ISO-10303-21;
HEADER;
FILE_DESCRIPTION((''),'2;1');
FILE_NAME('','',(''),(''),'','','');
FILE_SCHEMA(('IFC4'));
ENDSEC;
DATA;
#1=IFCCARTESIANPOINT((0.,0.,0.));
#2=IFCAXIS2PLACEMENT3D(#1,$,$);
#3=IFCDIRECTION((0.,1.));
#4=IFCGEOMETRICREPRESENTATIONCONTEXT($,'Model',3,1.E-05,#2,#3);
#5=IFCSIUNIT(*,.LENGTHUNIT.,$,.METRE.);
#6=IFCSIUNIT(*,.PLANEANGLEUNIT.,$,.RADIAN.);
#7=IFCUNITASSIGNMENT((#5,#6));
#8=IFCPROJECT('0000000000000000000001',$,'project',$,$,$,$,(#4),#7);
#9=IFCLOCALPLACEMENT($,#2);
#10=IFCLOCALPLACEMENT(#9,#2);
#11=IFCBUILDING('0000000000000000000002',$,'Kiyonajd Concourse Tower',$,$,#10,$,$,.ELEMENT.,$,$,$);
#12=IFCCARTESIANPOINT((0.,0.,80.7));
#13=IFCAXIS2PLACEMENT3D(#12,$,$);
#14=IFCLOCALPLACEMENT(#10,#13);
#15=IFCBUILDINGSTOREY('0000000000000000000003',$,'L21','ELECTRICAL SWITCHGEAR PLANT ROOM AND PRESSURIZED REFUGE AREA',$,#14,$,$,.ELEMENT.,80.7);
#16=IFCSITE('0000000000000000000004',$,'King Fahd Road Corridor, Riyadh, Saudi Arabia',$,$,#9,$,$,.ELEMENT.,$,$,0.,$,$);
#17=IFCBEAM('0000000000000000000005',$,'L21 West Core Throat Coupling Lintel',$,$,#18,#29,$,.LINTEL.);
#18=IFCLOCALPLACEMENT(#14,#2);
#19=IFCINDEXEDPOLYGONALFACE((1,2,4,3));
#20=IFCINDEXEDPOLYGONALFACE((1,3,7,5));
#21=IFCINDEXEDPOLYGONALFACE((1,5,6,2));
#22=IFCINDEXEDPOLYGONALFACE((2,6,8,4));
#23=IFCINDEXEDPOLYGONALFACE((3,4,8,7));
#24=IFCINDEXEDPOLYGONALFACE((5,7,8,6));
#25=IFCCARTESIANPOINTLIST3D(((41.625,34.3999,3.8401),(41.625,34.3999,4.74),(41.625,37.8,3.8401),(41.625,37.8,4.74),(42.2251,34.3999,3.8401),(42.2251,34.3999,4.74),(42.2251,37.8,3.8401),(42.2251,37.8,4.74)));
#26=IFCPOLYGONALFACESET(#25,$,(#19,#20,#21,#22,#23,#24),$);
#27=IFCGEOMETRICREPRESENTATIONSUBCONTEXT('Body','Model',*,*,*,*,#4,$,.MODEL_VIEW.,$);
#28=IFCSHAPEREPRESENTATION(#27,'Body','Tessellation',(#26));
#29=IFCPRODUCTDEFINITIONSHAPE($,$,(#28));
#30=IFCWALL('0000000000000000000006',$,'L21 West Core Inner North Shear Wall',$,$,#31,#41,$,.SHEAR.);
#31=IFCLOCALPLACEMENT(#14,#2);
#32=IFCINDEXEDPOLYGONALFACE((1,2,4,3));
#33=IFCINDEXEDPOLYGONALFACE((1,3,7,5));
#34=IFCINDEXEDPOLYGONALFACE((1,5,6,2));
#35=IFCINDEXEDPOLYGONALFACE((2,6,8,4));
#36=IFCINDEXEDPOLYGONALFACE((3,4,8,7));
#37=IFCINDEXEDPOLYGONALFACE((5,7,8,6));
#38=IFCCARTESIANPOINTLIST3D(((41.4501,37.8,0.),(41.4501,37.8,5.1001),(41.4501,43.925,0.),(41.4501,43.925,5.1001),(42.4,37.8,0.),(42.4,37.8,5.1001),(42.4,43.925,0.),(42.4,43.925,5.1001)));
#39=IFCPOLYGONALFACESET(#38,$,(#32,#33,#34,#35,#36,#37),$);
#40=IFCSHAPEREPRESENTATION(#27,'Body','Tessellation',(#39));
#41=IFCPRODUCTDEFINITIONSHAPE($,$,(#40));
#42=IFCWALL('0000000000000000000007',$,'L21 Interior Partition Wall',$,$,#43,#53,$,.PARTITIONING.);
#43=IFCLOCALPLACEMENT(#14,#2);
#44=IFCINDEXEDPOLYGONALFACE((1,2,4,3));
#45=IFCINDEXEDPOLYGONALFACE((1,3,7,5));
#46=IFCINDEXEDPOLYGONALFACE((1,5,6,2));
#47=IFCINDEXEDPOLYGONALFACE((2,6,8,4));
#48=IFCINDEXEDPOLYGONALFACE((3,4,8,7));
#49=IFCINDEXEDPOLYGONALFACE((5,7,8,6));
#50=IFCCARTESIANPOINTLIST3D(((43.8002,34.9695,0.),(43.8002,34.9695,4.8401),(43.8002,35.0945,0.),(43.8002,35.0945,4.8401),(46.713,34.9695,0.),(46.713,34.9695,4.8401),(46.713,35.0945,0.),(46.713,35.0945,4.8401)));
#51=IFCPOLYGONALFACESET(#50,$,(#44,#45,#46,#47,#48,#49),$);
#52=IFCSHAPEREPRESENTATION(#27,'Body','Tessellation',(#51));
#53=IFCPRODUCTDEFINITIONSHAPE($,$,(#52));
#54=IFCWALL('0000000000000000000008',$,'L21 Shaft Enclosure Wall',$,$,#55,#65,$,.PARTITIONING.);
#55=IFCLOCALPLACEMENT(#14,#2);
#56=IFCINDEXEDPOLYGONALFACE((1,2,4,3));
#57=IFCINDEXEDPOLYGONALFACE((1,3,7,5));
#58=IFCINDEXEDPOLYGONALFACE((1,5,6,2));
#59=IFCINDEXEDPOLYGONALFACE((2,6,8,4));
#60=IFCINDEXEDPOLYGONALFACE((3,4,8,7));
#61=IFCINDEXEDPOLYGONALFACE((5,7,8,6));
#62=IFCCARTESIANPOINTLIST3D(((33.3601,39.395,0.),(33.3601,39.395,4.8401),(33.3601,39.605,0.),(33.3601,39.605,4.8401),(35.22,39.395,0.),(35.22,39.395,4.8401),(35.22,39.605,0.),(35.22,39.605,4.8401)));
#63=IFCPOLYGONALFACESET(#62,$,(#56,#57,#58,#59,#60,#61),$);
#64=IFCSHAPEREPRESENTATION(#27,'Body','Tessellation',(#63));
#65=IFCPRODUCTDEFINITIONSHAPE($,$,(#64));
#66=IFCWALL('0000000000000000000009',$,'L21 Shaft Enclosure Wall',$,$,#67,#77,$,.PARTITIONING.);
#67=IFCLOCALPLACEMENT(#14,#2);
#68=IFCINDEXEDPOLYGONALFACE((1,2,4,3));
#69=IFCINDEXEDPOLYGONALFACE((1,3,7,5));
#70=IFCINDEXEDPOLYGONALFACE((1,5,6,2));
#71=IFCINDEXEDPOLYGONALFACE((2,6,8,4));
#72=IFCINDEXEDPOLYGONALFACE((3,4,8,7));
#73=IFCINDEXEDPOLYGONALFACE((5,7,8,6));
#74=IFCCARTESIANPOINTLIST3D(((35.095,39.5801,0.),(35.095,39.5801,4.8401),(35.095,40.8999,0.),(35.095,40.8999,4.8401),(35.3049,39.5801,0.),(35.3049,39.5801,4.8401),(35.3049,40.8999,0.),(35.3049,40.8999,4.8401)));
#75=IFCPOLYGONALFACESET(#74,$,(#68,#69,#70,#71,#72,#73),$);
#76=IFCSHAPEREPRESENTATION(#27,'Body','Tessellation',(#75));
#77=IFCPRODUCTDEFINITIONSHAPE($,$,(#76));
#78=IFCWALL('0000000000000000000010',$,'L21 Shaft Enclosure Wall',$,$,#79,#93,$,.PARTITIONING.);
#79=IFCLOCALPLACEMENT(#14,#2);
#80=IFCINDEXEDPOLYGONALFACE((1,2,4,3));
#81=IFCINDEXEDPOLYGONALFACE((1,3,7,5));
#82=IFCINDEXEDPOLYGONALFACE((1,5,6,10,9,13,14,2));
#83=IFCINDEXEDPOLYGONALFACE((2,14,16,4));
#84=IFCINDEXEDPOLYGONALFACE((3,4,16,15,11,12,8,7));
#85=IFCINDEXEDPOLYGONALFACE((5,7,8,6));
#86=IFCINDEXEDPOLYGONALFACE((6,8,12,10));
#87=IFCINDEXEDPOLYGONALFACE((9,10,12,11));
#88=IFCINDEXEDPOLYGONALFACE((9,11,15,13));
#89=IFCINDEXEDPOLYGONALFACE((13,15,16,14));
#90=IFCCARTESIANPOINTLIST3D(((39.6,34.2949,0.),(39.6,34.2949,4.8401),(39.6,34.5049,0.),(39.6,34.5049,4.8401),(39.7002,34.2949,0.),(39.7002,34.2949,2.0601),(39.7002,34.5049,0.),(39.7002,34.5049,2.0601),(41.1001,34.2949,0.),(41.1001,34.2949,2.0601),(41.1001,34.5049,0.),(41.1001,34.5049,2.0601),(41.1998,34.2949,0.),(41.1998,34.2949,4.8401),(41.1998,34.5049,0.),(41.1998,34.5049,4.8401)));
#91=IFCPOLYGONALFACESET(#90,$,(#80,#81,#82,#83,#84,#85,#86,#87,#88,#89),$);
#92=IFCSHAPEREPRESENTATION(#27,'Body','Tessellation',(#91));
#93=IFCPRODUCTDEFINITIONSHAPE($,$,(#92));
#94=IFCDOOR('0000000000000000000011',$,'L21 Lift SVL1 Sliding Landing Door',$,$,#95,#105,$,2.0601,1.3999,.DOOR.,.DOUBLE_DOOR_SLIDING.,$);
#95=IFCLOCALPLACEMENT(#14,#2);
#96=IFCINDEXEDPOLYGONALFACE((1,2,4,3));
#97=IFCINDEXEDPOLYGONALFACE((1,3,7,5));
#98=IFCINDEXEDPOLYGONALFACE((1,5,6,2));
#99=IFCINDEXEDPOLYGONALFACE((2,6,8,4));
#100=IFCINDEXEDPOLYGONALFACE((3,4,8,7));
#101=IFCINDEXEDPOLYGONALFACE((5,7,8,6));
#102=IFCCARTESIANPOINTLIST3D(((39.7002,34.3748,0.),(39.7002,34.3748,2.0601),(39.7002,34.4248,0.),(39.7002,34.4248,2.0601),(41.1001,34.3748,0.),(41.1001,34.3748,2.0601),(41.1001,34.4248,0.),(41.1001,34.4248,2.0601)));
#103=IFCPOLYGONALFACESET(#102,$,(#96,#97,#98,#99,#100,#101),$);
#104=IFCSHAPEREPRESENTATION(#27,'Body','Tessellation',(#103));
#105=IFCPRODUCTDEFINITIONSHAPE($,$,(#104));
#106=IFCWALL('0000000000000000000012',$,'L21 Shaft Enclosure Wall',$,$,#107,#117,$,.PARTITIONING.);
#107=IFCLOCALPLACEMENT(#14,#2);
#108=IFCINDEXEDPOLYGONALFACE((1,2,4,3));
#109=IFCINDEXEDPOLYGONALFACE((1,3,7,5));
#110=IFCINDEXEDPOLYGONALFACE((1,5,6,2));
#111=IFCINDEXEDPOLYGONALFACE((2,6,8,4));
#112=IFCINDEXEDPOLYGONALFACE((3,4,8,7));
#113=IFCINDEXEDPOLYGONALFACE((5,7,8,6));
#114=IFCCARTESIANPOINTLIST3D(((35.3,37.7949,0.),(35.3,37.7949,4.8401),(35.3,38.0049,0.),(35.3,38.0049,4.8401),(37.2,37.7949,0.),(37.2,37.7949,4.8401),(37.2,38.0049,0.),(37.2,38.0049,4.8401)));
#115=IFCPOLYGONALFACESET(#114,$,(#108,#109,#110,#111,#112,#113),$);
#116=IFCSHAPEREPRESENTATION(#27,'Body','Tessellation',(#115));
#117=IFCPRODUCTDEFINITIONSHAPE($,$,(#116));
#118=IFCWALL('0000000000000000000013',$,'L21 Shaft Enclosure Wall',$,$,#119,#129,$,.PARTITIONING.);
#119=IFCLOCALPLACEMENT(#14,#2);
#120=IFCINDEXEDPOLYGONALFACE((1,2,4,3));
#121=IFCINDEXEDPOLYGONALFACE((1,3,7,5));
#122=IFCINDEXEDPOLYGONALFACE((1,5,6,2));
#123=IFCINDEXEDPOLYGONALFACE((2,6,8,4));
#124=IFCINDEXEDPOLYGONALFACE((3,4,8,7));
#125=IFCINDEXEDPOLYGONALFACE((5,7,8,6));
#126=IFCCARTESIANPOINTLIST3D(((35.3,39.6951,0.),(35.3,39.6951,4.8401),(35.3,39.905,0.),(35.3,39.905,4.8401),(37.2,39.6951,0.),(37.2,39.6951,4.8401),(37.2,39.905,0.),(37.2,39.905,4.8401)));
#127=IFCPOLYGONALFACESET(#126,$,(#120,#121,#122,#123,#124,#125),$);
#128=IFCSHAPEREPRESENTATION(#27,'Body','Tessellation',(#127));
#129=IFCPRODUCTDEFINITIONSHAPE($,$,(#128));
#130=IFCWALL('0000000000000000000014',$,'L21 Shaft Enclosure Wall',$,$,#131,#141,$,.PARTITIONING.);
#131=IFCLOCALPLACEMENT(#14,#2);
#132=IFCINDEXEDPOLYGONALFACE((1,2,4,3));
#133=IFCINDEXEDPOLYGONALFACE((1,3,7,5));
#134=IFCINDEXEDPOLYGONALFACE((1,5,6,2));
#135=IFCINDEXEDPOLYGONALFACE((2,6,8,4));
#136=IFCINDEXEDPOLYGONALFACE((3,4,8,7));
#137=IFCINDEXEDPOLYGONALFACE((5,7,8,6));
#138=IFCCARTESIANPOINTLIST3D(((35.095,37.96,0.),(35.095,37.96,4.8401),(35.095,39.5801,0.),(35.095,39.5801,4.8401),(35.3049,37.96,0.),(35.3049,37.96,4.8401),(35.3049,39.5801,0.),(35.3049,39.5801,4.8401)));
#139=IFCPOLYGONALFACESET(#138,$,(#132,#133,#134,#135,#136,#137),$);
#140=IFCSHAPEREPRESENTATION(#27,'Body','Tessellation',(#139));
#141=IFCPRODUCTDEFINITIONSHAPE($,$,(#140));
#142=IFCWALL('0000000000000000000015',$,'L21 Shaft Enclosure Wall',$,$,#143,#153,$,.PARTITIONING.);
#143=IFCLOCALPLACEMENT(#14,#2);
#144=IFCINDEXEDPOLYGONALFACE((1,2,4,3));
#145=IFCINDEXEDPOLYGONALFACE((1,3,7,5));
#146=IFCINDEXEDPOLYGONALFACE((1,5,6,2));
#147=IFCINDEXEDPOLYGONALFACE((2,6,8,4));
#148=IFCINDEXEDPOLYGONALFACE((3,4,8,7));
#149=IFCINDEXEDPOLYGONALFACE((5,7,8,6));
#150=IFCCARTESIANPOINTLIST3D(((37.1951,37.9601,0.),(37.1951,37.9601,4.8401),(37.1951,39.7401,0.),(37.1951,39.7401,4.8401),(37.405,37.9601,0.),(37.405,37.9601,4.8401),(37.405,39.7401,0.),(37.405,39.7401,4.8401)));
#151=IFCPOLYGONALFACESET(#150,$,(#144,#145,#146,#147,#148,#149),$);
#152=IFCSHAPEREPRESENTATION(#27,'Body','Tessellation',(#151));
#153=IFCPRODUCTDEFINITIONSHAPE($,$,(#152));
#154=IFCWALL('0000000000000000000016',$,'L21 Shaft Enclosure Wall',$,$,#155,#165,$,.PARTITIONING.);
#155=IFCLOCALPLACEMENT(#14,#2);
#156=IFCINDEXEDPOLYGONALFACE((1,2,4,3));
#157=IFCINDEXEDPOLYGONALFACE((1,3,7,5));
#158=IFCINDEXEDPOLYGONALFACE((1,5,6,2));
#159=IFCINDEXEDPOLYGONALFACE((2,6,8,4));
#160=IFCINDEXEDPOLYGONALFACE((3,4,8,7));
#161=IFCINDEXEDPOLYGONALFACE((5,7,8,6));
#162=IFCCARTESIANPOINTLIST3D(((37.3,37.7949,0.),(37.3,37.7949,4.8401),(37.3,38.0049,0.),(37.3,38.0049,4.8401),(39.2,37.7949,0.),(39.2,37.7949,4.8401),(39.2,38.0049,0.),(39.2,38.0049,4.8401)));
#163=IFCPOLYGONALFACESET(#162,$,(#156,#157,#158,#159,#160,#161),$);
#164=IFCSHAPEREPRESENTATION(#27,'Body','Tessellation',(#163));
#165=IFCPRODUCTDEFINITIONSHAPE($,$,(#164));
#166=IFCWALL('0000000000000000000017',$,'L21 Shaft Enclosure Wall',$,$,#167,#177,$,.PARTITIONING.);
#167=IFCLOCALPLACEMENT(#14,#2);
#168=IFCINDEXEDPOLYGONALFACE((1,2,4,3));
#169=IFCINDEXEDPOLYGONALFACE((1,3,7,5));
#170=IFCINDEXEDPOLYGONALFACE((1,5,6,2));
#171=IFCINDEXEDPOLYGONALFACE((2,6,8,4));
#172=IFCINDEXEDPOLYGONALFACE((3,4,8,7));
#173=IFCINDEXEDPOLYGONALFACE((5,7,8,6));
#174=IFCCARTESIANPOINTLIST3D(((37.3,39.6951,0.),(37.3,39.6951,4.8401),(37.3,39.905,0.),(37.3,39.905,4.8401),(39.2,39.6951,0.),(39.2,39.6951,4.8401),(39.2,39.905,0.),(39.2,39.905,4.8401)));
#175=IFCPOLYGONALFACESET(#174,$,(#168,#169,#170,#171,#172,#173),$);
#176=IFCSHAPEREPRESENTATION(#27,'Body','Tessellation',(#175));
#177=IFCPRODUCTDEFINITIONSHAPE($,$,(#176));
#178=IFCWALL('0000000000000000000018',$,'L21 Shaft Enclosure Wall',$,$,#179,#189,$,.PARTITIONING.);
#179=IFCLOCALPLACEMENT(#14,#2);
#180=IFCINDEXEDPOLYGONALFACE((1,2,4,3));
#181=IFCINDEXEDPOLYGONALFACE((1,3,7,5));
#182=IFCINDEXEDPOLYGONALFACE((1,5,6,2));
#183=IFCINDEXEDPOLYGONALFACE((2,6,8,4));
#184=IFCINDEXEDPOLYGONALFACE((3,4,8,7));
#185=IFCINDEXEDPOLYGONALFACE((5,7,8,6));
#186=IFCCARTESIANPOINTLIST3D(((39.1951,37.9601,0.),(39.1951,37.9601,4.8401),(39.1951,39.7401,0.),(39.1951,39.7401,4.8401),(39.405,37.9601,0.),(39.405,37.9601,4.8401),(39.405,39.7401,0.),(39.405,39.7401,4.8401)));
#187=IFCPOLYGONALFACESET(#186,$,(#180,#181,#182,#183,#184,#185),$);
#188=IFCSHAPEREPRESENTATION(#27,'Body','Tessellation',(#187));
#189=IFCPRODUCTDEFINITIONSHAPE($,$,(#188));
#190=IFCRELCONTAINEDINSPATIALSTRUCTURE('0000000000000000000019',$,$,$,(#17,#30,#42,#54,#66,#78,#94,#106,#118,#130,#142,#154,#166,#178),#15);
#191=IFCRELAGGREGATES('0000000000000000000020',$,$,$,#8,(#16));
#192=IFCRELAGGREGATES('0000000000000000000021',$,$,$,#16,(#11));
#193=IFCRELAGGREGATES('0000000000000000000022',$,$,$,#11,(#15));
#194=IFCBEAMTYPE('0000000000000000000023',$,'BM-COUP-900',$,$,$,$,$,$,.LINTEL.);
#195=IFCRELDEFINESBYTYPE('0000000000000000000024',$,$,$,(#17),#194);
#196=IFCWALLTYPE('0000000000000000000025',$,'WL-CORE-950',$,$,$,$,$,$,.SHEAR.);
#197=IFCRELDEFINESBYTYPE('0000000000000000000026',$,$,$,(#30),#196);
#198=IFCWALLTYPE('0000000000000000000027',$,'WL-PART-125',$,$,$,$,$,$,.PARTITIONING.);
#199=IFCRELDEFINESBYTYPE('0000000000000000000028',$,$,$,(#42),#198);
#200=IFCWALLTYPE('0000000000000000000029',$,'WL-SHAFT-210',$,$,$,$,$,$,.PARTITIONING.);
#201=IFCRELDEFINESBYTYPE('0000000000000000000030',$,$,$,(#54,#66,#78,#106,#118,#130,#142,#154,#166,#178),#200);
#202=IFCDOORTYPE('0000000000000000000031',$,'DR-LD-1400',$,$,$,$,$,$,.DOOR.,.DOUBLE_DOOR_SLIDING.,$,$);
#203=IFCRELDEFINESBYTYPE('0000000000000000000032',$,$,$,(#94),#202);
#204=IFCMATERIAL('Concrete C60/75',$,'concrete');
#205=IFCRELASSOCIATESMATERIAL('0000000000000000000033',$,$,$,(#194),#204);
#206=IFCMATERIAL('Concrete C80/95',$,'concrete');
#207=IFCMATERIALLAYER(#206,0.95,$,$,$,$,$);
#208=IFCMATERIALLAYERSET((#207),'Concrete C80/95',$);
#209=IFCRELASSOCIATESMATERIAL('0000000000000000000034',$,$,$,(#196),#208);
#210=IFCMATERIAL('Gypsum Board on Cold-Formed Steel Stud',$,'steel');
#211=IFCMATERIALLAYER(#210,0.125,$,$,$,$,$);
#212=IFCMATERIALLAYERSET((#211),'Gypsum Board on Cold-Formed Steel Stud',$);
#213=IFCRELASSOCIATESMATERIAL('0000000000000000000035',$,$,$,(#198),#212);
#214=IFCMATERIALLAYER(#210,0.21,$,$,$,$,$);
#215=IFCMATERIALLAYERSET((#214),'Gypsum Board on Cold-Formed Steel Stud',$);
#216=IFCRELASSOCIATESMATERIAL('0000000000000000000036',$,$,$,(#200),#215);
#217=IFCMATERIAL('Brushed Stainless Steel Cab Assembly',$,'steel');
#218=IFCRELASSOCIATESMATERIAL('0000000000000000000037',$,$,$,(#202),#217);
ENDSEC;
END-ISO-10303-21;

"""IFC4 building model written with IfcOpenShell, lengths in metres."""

from ifc_helpers import new_model, si_unit, direction, frame, frame_2d, origin, origin_2d, place, context, subcontext, project, spatial, rectangle, extrude, material, layer, layer_set, material_profile, profile_set, type_object, element, fill, save


model = new_model("IFC4")

# Units and contexts
model_context = context("Model", 3, precision=1e-05, world=origin(), true_north=direction((0.0, 1.0)))
body_context = subcontext(model_context, "Body", "Model", "MODEL_VIEW")
ifc_project = project(units=[si_unit("LENGTHUNIT", "METRE"), si_unit("PLANEANGLEUNIT", "RADIAN")], contexts=[model_context])

# Site, building, storey
site_placement = place(None, origin())
site = spatial("IfcSite", under=ifc_project, at=site_placement, Name="King Fahd Road Corridor, Riyadh, Saudi Arabia", CompositionType="ELEMENT", RefElevation=0.0)
building_placement = place(site_placement, origin())
building = spatial("IfcBuilding", under=site, at=building_placement, Name="Kiyonajd Concourse Tower", CompositionType="ELEMENT")
storey_placement = place(building_placement, frame((0.0, 0.0, 80.7)))
storey = spatial("IfcBuildingStorey", under=building, at=storey_placement, Name="L21", Description="ELECTRICAL SWITCHGEAR PLANT ROOM AND PRESSURIZED REFUGE AREA", CompositionType="ELEMENT", Elevation=80.7)

# Beam
ifc_material_1 = material(Name="Concrete C60/75", Category="concrete")
ifc_material_profile = material_profile(ifc_material_1, rectangle(XDim=0.6001, YDim=0.8999, at=origin_2d()), Name="RCBM-600x900")
ifc_profile_set = profile_set([ifc_material_profile], Name="Concrete C60/75")
beam_type = type_object("IfcBeamType", Name="BM-COUP-900", PredefinedType="LINTEL", material=ifc_profile_set)
beam_placement = place(storey_placement, frame((41.925, 34.3999, 4.29), z_axis=(0.0, 1.0, 0.0), x_axis=(-1.0, 0.0, 0.0)))
element("IfcBeam", 1, at=beam_placement, inside=storey, type_object=beam_type, Name="L21 West Core Throat Coupling Lintel", PredefinedType="LINTEL", context=body_context, shape_type="SweptSolid", body=[
    extrude(rectangle(XDim=0.6001, YDim=0.8999, at=origin_2d()), origin(), (0.0, 0.0, 1.0), 3.4001),
])

# Walls
ifc_material_2 = material(Name="Concrete C80/95", Category="concrete")
ifc_layer_1 = layer(ifc_material_2, 0.95)
ifc_layer_set_1 = layer_set([ifc_layer_1], Name="Concrete C80/95")
wall_type_1 = type_object("IfcWallType", Name="WL-CORE-950", PredefinedType="SHEAR", material=ifc_layer_set_1)
wall_1_placement = place(storey_placement, frame((41.925, 37.8, 0.0), z_axis=(0.0, 0.0, 1.0), x_axis=(0.0, 1.0, 0.0)))
element("IfcWall", 2, at=wall_1_placement, inside=storey, type_object=wall_type_1, Name="L21 West Core Inner North Shear Wall", PredefinedType="SHEAR", context=body_context, shape_type="SweptSolid", body=[
    extrude(rectangle(XDim=6.125, YDim=0.95, at=frame_2d((3.0625, 0.0))), origin(), (0.0, 0.0, 1.0), 5.1001),
])
ifc_material_3 = material(Name="Gypsum Board on Cold-Formed Steel Stud", Category="steel")
ifc_layer_2 = layer(ifc_material_3, 0.125)
ifc_layer_set_2 = layer_set([ifc_layer_2], Name="Gypsum Board on Cold-Formed Steel Stud")
wall_type_2 = type_object("IfcWallType", Name="WL-PART-125", PredefinedType="PARTITIONING", material=ifc_layer_set_2)
wall_2_placement = place(storey_placement, frame((43.8, 35.032, 0.0), z_axis=(0.0, 0.0, 1.0), x_axis=(1.0, 0.0, 0.0)))
element("IfcWall", 3, at=wall_2_placement, inside=storey, type_object=wall_type_2, Name="L21 Interior Partition Wall", PredefinedType="PARTITIONING", context=body_context, shape_type="SweptSolid", body=[
    extrude(rectangle(XDim=2.9128, YDim=0.125, at=frame_2d((1.4565, 0.0))), origin(), (0.0, 0.0, 1.0), 4.8401),
])
ifc_layer_3 = layer(ifc_material_3, 0.21)
ifc_layer_set_3 = layer_set([ifc_layer_3], Name="Gypsum Board on Cold-Formed Steel Stud")
wall_type_3 = type_object("IfcWallType", Name="WL-SHAFT-210", PredefinedType="PARTITIONING", material=ifc_layer_set_3)
wall_3_placement = place(storey_placement, frame((33.3601, 39.5, 0.0), z_axis=(0.0, 0.0, 1.0), x_axis=(1.0, 0.0, 0.0)))
element("IfcWall", 4, at=wall_3_placement, inside=storey, type_object=wall_type_3, Name="L21 Shaft Enclosure Wall", PredefinedType="PARTITIONING", context=body_context, shape_type="SweptSolid", body=[
    extrude(rectangle(XDim=1.8599, YDim=0.21, at=frame_2d((0.9299, 0.0))), origin(), (0.0, 0.0, 1.0), 4.8401),
])
wall_4_placement = place(storey_placement, frame((35.2, 39.5801, 0.0), z_axis=(0.0, 0.0, 1.0), x_axis=(0.0, 1.0, 0.0)))
element("IfcWall", 5, at=wall_4_placement, inside=storey, type_object=wall_type_3, Name="L21 Shaft Enclosure Wall", PredefinedType="PARTITIONING", context=body_context, shape_type="SweptSolid", body=[
    extrude(rectangle(XDim=1.3198, YDim=0.21, at=frame_2d((0.6599, 0.0))), origin(), (0.0, 0.0, 1.0), 4.8401),
])

# Wall, opening, door
wall_5_placement = place(storey_placement, frame((39.6001, 34.3999, 0.0), z_axis=(0.0, 0.0, 1.0), x_axis=(1.0, 0.0, 0.0)))
wall_5 = element("IfcWall", 6, at=wall_5_placement, inside=storey, type_object=wall_type_3, Name="L21 Shaft Enclosure Wall", PredefinedType="PARTITIONING", context=body_context, shape_type="SweptSolid", body=[
    extrude(rectangle(XDim=1.5999, YDim=0.21, at=frame_2d((0.7998, 0.0))), origin(), (0.0, 0.0, 1.0), 4.8401),
])
opening_1_placement = place(wall_5_placement, frame((0.1001, 0.0, 0.0)))
opening_1 = element("IfcOpeningElement", 7, at=opening_1_placement, cuts=wall_5, PredefinedType="OPENING", context=body_context, shape_type="SweptSolid", body=[
    extrude(rectangle(XDim=1.3999, YDim=2.0601, at=frame_2d((0.7, 1.03))), frame((0.0, 0.115, 0.0), z_axis=(0.0, -1.0, 0.0), x_axis=(1.0, 0.0, 0.0)), (0.0, 0.0, 1.0), 0.23),
])
ifc_material_4 = material(Name="Brushed Stainless Steel Cab Assembly", Category="steel")
door_type_1 = type_object("IfcDoorType", Name="DR-LD-1400", OperationType="DOUBLE_DOOR_SLIDING", PredefinedType="DOOR", material=ifc_material_4)
door_1_placement = place(opening_1_placement, origin())
door_1 = element("IfcDoor", 8, at=door_1_placement, inside=storey, type_object=door_type_1, Name="L21 Lift SVL1 Sliding Landing Door", OperationType="DOUBLE_DOOR_SLIDING", OverallHeight=2.0601, OverallWidth=1.3999, PredefinedType="DOOR", context=body_context, shape_type="SweptSolid", body=[
    extrude(rectangle(XDim=1.3999, YDim=2.0601, at=frame_2d((0.7, 1.03))), frame((0.0, 0.0249, 0.0), z_axis=(0.0, -1.0, 0.0), x_axis=(1.0, 0.0, 0.0)), (0.0, 0.0, 1.0), 0.05),
])
fill(opening_1, door_1)

# Walls
for number, where, z_axis, x_axis, name in (
    (9, (35.3, 37.8999, 0.0), (0.0, 0.0, 1.0), (1.0, 0.0, 0.0), "L21 Shaft Enclosure Wall"),
    (10, (35.3, 39.8, 0.0), (0.0, 0.0, 1.0), (1.0, 0.0, 0.0), "L21 Shaft Enclosure Wall"),
):
    element("IfcWall", number, at=place(storey_placement, frame(where, z_axis=z_axis, x_axis=x_axis)), inside=storey, type_object=wall_type_3, Name=name, PredefinedType="PARTITIONING", context=body_context, shape_type="SweptSolid", body=[
        extrude(rectangle(XDim=1.8999, YDim=0.21, at=frame_2d((0.95, 0.0))), origin(), (0.0, 0.0, 1.0), 4.8401),
    ])
wall_6_placement = place(storey_placement, frame((35.2, 37.96, 0.0), z_axis=(0.0, 0.0, 1.0), x_axis=(0.0, 1.0, 0.0)))
element("IfcWall", 11, at=wall_6_placement, inside=storey, type_object=wall_type_3, Name="L21 Shaft Enclosure Wall", PredefinedType="PARTITIONING", context=body_context, shape_type="SweptSolid", body=[
    extrude(rectangle(XDim=1.6201, YDim=0.21, at=frame_2d((0.8101, 0.0))), origin(), (0.0, 0.0, 1.0), 4.8401),
])
wall_7_placement = place(storey_placement, frame((37.3, 37.96, 0.0), z_axis=(0.0, 0.0, 1.0), x_axis=(0.0, 1.0, 0.0)))
element("IfcWall", 12, at=wall_7_placement, inside=storey, type_object=wall_type_3, Name="L21 Shaft Enclosure Wall", PredefinedType="PARTITIONING", context=body_context, shape_type="SweptSolid", body=[
    extrude(rectangle(XDim=1.78, YDim=0.21, at=frame_2d((0.8901, 0.0))), origin(), (0.0, 0.0, 1.0), 4.8401),
])
for number, where, z_axis, x_axis, name in (
    (13, (37.3, 37.8999, 0.0), (0.0, 0.0, 1.0), (1.0, 0.0, 0.0), "L21 Shaft Enclosure Wall"),
    (14, (37.3, 39.8, 0.0), (0.0, 0.0, 1.0), (1.0, 0.0, 0.0), "L21 Shaft Enclosure Wall"),
):
    element("IfcWall", number, at=place(storey_placement, frame(where, z_axis=z_axis, x_axis=x_axis)), inside=storey, type_object=wall_type_3, Name=name, PredefinedType="PARTITIONING", context=body_context, shape_type="SweptSolid", body=[
        extrude(rectangle(XDim=1.8999, YDim=0.21, at=frame_2d((0.95, 0.0))), origin(), (0.0, 0.0, 1.0), 4.8401),
    ])
wall_8_placement = place(storey_placement, frame((39.3, 37.96, 0.0), z_axis=(0.0, 0.0, 1.0), x_axis=(0.0, 1.0, 0.0)))
element("IfcWall", 15, at=wall_8_placement, inside=storey, type_object=wall_type_3, Name="L21 Shaft Enclosure Wall", PredefinedType="PARTITIONING", context=body_context, shape_type="SweptSolid", body=[
    extrude(rectangle(XDim=1.78, YDim=0.21, at=frame_2d((0.8901, 0.0))), origin(), (0.0, 0.0, 1.0), 4.8401),
])

save(model, "model.ifc")
